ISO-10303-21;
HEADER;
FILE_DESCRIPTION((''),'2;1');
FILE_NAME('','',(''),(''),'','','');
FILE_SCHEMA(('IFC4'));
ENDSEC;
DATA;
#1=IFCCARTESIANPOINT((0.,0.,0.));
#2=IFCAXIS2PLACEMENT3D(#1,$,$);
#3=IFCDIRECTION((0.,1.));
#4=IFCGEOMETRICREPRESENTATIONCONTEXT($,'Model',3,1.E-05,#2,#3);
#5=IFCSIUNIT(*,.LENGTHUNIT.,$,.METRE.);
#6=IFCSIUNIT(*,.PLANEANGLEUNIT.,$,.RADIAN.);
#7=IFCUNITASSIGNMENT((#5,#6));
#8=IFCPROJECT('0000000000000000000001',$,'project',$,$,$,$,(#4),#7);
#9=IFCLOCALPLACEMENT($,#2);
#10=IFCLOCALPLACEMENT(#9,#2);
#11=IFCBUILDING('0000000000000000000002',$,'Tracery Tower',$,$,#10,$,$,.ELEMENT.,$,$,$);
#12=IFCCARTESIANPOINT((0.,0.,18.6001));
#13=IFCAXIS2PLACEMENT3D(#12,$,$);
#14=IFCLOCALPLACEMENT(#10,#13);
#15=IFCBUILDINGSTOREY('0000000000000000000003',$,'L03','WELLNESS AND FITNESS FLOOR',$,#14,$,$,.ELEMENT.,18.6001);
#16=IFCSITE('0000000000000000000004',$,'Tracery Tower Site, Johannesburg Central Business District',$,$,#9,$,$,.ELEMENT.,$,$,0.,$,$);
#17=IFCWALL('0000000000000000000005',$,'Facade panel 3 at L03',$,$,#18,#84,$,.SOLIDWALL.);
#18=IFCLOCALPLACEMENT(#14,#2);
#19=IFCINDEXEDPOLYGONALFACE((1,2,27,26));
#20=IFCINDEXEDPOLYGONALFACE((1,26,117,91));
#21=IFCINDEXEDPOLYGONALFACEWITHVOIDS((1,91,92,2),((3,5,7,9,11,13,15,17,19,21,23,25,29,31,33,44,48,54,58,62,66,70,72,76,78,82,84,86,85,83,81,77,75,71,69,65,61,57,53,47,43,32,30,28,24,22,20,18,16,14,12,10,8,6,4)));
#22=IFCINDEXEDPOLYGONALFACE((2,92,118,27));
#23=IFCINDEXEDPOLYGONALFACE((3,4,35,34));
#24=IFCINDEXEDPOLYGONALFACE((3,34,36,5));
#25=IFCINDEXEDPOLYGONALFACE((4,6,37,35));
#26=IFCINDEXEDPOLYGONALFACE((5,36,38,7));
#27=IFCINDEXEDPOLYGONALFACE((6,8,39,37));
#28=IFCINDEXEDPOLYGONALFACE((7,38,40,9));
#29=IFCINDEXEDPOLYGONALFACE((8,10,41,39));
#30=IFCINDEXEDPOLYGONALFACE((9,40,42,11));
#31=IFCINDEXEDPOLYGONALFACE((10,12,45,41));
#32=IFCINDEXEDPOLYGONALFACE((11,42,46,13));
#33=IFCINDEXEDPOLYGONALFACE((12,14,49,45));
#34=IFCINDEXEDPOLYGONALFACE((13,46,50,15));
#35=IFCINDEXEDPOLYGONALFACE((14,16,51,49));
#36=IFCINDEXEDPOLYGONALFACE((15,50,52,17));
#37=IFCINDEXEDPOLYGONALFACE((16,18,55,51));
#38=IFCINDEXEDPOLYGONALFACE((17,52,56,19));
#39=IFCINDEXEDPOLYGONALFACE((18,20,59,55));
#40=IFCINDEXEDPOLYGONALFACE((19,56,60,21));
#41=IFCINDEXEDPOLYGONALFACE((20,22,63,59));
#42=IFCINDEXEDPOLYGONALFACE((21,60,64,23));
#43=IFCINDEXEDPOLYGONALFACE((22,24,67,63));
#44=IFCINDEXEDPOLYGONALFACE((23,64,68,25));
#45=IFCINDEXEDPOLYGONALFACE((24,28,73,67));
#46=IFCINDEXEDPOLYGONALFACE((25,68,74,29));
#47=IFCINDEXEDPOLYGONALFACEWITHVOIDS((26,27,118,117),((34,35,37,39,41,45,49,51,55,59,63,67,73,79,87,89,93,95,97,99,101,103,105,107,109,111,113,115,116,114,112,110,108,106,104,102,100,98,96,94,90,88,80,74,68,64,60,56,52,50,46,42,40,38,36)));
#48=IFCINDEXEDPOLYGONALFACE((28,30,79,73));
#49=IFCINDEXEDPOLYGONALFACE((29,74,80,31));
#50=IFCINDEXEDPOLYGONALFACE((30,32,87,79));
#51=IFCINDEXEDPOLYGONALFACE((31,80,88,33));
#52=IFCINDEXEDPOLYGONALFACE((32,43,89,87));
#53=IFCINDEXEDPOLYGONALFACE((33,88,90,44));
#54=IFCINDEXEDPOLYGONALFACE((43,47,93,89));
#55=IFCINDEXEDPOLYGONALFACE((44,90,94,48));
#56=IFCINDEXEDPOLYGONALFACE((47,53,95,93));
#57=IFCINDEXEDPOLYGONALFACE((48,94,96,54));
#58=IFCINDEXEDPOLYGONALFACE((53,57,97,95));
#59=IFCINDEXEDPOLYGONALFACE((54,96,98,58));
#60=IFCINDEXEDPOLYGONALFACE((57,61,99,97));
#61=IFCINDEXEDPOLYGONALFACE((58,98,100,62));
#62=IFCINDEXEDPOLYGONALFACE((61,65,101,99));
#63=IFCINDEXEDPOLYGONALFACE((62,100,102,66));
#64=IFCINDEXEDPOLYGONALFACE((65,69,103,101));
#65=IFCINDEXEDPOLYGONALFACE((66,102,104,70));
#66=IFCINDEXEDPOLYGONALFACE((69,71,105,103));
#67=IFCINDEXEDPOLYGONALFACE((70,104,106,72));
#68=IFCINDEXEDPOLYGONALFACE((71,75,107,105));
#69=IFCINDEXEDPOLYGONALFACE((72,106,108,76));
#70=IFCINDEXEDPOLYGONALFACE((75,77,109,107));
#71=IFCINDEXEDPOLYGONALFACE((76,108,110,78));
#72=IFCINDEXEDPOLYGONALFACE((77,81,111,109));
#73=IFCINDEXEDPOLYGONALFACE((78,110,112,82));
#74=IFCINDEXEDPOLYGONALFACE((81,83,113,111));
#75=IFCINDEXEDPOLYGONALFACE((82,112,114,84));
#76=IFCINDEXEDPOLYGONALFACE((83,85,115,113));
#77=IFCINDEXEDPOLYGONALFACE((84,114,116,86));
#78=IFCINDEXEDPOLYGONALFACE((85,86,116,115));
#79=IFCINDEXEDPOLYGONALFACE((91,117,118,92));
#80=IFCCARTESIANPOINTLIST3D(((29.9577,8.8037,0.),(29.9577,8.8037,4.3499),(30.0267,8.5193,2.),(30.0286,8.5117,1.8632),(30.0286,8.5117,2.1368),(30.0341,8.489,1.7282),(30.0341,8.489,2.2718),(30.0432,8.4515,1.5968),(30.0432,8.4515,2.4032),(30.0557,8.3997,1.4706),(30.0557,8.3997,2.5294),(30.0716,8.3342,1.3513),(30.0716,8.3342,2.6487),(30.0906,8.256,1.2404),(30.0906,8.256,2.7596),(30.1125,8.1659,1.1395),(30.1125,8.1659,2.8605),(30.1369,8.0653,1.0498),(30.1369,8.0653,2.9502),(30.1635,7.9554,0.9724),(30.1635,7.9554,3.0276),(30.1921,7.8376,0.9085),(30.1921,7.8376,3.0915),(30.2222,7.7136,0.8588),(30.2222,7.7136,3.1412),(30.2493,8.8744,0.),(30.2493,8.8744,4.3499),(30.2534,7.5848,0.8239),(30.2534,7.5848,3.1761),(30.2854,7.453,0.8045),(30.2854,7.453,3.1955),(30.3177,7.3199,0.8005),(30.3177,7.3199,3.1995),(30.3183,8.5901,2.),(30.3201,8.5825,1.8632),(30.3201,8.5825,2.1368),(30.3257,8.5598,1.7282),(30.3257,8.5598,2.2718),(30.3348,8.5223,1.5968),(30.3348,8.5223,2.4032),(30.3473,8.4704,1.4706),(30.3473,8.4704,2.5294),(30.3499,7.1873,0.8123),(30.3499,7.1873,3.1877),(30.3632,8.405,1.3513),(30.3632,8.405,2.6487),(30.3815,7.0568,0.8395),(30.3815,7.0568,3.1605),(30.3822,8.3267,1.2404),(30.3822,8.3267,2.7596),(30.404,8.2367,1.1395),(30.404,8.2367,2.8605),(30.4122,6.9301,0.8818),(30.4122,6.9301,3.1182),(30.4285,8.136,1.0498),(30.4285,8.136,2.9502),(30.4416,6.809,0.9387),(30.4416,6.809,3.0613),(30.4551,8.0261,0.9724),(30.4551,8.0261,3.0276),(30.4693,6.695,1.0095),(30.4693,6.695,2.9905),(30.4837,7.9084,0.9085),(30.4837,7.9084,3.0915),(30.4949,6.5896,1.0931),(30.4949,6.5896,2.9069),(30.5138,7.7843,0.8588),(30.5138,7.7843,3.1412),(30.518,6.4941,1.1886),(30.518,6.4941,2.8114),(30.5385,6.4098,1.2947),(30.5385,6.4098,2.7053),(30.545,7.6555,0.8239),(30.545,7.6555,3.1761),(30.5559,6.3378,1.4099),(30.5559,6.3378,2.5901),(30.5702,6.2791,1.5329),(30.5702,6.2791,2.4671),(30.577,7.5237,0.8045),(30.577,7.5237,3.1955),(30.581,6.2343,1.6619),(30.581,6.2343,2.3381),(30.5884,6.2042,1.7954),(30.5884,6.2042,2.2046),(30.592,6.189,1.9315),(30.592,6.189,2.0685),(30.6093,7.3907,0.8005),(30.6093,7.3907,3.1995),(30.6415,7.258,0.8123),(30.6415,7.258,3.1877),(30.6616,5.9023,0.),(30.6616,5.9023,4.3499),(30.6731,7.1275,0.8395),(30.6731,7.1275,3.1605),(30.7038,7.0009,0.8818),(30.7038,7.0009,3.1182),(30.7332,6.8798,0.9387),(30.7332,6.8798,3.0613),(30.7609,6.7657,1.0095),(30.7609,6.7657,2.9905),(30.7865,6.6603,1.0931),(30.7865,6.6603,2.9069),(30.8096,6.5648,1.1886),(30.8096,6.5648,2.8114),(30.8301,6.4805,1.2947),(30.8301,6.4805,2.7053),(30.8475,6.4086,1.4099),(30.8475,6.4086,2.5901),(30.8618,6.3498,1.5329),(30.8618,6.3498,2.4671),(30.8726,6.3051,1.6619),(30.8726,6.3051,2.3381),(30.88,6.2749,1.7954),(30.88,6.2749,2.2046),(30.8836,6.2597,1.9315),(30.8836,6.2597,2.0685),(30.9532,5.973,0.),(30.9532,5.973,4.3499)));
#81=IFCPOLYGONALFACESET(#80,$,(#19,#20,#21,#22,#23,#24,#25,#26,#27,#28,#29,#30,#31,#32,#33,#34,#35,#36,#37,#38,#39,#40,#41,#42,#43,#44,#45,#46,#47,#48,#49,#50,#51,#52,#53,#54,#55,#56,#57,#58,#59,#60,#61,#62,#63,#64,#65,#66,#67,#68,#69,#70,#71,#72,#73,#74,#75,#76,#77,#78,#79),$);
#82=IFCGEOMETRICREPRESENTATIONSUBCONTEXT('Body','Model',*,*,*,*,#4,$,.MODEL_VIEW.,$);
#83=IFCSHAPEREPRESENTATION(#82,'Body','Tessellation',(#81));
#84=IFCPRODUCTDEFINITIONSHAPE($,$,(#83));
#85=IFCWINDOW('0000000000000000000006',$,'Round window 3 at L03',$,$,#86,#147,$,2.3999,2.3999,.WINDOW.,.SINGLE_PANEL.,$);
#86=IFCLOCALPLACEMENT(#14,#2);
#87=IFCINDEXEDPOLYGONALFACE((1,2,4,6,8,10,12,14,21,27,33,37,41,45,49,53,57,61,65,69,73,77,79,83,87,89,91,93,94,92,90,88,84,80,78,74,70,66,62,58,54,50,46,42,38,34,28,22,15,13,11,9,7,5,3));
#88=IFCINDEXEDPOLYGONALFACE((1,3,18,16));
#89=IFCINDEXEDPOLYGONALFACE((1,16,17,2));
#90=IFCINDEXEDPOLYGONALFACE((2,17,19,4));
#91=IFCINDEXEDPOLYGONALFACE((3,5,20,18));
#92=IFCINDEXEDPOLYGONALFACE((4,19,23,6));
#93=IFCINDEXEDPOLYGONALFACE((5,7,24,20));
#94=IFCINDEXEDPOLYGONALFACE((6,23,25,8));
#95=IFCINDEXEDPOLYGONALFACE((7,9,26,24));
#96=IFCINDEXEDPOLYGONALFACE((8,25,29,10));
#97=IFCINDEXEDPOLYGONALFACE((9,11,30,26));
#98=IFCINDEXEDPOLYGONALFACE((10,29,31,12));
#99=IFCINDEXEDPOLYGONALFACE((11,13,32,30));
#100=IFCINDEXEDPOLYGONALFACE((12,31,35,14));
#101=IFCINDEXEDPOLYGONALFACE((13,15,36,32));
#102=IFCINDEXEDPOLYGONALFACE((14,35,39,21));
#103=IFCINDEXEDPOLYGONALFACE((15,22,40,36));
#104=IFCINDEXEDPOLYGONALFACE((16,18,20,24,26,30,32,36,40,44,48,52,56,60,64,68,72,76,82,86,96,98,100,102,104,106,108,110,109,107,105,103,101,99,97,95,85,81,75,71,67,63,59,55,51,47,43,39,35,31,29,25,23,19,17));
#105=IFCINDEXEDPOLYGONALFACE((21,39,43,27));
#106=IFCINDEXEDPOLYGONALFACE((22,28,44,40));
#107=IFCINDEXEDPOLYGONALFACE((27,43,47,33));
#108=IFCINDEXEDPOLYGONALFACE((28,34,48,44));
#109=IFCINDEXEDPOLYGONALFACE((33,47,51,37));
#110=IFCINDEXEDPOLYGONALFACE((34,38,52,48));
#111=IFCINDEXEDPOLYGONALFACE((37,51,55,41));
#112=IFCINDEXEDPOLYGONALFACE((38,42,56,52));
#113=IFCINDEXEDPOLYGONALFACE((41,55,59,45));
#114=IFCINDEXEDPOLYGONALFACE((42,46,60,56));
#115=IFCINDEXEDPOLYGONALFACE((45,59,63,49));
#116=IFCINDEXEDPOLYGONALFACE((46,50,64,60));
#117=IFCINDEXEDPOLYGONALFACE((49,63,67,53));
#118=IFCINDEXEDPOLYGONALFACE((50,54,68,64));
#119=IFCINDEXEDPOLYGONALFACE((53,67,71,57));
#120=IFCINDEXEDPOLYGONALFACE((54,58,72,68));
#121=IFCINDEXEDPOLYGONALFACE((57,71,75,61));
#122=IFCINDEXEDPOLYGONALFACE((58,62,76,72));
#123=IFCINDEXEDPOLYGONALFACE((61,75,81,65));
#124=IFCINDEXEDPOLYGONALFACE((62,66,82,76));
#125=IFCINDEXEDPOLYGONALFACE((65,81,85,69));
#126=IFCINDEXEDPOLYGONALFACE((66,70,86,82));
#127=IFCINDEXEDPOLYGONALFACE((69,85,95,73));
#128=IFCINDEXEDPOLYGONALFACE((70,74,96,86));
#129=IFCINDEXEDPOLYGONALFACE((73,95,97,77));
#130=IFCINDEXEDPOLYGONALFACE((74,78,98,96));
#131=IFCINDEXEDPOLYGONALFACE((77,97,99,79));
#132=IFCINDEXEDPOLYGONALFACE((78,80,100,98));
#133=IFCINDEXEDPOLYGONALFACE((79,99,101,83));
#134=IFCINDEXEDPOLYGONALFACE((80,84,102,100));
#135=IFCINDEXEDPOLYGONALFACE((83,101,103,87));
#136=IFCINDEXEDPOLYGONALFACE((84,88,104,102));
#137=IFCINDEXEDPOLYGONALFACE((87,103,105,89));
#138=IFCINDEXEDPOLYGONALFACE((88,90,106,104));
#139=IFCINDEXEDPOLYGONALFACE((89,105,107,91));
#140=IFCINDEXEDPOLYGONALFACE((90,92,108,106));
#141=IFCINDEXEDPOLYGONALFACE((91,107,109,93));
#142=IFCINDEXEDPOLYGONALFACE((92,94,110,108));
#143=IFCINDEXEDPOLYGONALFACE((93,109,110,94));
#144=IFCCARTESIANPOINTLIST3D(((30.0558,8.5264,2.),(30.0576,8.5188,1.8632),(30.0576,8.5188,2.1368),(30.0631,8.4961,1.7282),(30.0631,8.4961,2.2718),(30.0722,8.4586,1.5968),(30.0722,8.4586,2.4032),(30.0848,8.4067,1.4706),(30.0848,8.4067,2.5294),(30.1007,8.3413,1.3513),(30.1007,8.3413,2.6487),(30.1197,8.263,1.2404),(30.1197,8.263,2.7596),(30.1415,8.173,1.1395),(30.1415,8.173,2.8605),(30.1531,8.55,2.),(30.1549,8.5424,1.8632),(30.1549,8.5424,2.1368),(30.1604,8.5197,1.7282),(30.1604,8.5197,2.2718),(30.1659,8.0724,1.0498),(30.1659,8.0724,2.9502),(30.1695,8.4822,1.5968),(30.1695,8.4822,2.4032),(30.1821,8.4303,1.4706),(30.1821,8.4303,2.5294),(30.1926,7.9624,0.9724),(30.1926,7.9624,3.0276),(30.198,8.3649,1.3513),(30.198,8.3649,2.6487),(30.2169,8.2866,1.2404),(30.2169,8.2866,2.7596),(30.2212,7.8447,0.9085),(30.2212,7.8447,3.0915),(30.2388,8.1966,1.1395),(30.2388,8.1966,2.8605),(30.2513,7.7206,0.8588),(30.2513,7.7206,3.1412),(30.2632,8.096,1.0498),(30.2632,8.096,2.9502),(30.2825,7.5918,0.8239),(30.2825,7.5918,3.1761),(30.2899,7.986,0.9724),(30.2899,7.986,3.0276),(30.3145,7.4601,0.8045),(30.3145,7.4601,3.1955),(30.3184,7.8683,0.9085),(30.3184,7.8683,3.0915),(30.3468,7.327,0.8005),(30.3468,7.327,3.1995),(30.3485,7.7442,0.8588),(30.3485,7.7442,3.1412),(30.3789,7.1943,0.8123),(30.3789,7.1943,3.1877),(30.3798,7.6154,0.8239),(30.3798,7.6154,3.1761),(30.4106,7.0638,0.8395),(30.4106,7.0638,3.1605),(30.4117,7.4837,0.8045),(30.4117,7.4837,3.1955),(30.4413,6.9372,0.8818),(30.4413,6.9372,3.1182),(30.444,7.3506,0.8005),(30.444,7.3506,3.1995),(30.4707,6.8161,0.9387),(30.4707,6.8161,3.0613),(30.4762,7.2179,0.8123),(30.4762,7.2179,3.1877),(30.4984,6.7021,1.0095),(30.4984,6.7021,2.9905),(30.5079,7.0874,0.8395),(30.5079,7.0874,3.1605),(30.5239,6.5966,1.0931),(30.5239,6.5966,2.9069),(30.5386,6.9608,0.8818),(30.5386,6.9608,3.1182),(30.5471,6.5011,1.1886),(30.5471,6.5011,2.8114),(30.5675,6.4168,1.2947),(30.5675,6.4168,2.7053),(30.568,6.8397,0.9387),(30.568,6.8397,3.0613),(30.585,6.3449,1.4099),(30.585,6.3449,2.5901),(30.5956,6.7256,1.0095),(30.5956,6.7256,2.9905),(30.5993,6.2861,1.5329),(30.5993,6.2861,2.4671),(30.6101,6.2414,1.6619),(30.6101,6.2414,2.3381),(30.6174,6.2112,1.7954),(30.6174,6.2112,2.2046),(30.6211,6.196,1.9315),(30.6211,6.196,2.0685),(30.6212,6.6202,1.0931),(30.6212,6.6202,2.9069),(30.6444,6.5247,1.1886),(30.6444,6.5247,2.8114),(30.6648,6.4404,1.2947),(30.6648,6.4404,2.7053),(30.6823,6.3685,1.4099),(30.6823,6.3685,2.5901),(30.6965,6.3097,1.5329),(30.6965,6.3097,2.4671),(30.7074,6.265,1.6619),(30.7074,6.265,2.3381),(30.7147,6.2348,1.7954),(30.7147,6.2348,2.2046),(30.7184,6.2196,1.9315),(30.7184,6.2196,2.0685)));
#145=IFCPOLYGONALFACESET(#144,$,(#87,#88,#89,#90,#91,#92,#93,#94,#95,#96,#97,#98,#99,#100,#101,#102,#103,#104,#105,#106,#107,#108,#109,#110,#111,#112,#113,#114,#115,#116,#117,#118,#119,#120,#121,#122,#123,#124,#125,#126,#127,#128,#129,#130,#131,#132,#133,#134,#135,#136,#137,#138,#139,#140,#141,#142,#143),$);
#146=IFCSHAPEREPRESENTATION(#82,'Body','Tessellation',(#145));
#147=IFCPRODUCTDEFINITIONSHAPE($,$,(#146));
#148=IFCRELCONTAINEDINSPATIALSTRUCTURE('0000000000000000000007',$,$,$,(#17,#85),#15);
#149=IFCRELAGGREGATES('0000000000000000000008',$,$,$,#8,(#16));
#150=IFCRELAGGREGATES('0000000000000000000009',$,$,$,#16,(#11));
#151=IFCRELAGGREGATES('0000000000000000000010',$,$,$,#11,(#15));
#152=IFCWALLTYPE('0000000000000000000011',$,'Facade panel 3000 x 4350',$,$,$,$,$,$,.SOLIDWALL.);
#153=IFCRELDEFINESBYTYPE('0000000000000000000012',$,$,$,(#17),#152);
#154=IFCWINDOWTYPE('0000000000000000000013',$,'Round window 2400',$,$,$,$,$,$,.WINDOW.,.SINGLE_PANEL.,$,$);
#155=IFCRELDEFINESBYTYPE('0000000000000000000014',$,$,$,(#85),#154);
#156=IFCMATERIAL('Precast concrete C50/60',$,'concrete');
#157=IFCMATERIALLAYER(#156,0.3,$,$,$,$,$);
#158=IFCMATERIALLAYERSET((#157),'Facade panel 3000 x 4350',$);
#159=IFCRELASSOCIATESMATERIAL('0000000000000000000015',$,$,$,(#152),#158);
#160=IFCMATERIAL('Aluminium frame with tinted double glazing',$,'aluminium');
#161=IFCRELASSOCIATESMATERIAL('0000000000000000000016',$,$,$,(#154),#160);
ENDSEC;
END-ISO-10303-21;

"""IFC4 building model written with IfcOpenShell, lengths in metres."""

from ifc_helpers import new_model, si_unit, direction, frame, frame_2d, origin, origin_2d, place, context, subcontext, project, spatial, rectangle, circle, extrude, material, layer, layer_set, type_object, element, fill, save


model = new_model("IFC4")

# Units and contexts
model_context = context("Model", 3, precision=1e-05, world=origin(), true_north=direction((0.0, 1.0)))
body_context = subcontext(model_context, "Body", "Model", "MODEL_VIEW")
ifc_project = project(units=[si_unit("LENGTHUNIT", "METRE"), si_unit("PLANEANGLEUNIT", "RADIAN")], contexts=[model_context])

# Site, building, storey
site_placement = place(None, origin())
site = spatial("IfcSite", under=ifc_project, at=site_placement, Name="Tracery Tower Site, Johannesburg Central Business District", CompositionType="ELEMENT", RefElevation=0.0)
building_placement = place(site_placement, origin())
building = spatial("IfcBuilding", under=site, at=building_placement, Name="Tracery Tower", CompositionType="ELEMENT")
storey_placement = place(building_placement, frame((0.0, 0.0, 18.6001)))
storey = spatial("IfcBuildingStorey", under=building, at=storey_placement, Name="L03", Description="WELLNESS AND FITNESS FLOOR", CompositionType="ELEMENT", Elevation=18.6001)

# Wall, opening, window
ifc_material_1 = material(Name="Precast concrete C50/60", Category="concrete")
ifc_layer_1 = layer(ifc_material_1, 0.3)
ifc_layer_set_1 = layer_set([ifc_layer_1], Name="Facade panel 3000 x 4350")
wall_type_1 = type_object("IfcWallType", Name="Facade panel 3000 x 4350", PredefinedType="SOLIDWALL", material=ifc_layer_set_1)
ifc_material_2 = material(Name="Aluminium frame with tinted double glazing", Category="aluminium")
window_type = type_object("IfcWindowType", Name="Round window 2400", PartitioningType="SINGLE_PANEL", PredefinedType="WINDOW", material=ifc_material_2)
wall_1_placement = place(storey_placement, frame((30.8074, 5.9377, 0.0), z_axis=(0.0, 0.0, 1.0), x_axis=(-0.235757, 0.971812, 0.0)))
wall_1 = element("IfcWall", 1, at=wall_1_placement, inside=storey, type_object=wall_type_1, Name="Facade panel 3 at L03", PredefinedType="SOLIDWALL", context=body_context, shape_type="SweptSolid", body=[
    extrude(rectangle(XDim=2.9856, YDim=0.3, at=frame_2d((1.4927, 0.0))), origin(), (0.0, 0.0, 1.0), 4.3499),
])
opening_1_placement = place(wall_1_placement, frame((1.4929, 0.0, 2.0)))
opening_1 = element("IfcOpeningElement", 2, at=opening_1_placement, cuts=wall_1, PredefinedType="OPENING", context=body_context, shape_type="SweptSolid", body=[
    extrude(circle(Radius=1.2, at=origin_2d()), frame((0.0, 0.1599, 0.0), z_axis=(0.0, -1.0, 0.0), x_axis=(1.0, 0.0, 0.0)), (0.0, 0.0, 1.0), 0.3201),
])
window_1_placement = place(opening_1_placement, origin())
window_1 = element("IfcWindow", 3, at=window_1_placement, inside=storey, type_object=window_type, Name="Round window 3 at L03", OverallHeight=2.3999, OverallWidth=2.3999, PartitioningType="SINGLE_PANEL", PredefinedType="WINDOW", context=body_context, shape_type="SweptSolid", body=[
    extrude(circle(Radius=1.2, at=origin_2d()), frame((0.0, 0.1201, 0.0), z_axis=(0.0, -1.0, 0.0), x_axis=(1.0, 0.0, 0.0)), (0.0, 0.0, 1.0), 0.1001),
])
fill(opening_1, window_1)

save(model, "model.ifc")
